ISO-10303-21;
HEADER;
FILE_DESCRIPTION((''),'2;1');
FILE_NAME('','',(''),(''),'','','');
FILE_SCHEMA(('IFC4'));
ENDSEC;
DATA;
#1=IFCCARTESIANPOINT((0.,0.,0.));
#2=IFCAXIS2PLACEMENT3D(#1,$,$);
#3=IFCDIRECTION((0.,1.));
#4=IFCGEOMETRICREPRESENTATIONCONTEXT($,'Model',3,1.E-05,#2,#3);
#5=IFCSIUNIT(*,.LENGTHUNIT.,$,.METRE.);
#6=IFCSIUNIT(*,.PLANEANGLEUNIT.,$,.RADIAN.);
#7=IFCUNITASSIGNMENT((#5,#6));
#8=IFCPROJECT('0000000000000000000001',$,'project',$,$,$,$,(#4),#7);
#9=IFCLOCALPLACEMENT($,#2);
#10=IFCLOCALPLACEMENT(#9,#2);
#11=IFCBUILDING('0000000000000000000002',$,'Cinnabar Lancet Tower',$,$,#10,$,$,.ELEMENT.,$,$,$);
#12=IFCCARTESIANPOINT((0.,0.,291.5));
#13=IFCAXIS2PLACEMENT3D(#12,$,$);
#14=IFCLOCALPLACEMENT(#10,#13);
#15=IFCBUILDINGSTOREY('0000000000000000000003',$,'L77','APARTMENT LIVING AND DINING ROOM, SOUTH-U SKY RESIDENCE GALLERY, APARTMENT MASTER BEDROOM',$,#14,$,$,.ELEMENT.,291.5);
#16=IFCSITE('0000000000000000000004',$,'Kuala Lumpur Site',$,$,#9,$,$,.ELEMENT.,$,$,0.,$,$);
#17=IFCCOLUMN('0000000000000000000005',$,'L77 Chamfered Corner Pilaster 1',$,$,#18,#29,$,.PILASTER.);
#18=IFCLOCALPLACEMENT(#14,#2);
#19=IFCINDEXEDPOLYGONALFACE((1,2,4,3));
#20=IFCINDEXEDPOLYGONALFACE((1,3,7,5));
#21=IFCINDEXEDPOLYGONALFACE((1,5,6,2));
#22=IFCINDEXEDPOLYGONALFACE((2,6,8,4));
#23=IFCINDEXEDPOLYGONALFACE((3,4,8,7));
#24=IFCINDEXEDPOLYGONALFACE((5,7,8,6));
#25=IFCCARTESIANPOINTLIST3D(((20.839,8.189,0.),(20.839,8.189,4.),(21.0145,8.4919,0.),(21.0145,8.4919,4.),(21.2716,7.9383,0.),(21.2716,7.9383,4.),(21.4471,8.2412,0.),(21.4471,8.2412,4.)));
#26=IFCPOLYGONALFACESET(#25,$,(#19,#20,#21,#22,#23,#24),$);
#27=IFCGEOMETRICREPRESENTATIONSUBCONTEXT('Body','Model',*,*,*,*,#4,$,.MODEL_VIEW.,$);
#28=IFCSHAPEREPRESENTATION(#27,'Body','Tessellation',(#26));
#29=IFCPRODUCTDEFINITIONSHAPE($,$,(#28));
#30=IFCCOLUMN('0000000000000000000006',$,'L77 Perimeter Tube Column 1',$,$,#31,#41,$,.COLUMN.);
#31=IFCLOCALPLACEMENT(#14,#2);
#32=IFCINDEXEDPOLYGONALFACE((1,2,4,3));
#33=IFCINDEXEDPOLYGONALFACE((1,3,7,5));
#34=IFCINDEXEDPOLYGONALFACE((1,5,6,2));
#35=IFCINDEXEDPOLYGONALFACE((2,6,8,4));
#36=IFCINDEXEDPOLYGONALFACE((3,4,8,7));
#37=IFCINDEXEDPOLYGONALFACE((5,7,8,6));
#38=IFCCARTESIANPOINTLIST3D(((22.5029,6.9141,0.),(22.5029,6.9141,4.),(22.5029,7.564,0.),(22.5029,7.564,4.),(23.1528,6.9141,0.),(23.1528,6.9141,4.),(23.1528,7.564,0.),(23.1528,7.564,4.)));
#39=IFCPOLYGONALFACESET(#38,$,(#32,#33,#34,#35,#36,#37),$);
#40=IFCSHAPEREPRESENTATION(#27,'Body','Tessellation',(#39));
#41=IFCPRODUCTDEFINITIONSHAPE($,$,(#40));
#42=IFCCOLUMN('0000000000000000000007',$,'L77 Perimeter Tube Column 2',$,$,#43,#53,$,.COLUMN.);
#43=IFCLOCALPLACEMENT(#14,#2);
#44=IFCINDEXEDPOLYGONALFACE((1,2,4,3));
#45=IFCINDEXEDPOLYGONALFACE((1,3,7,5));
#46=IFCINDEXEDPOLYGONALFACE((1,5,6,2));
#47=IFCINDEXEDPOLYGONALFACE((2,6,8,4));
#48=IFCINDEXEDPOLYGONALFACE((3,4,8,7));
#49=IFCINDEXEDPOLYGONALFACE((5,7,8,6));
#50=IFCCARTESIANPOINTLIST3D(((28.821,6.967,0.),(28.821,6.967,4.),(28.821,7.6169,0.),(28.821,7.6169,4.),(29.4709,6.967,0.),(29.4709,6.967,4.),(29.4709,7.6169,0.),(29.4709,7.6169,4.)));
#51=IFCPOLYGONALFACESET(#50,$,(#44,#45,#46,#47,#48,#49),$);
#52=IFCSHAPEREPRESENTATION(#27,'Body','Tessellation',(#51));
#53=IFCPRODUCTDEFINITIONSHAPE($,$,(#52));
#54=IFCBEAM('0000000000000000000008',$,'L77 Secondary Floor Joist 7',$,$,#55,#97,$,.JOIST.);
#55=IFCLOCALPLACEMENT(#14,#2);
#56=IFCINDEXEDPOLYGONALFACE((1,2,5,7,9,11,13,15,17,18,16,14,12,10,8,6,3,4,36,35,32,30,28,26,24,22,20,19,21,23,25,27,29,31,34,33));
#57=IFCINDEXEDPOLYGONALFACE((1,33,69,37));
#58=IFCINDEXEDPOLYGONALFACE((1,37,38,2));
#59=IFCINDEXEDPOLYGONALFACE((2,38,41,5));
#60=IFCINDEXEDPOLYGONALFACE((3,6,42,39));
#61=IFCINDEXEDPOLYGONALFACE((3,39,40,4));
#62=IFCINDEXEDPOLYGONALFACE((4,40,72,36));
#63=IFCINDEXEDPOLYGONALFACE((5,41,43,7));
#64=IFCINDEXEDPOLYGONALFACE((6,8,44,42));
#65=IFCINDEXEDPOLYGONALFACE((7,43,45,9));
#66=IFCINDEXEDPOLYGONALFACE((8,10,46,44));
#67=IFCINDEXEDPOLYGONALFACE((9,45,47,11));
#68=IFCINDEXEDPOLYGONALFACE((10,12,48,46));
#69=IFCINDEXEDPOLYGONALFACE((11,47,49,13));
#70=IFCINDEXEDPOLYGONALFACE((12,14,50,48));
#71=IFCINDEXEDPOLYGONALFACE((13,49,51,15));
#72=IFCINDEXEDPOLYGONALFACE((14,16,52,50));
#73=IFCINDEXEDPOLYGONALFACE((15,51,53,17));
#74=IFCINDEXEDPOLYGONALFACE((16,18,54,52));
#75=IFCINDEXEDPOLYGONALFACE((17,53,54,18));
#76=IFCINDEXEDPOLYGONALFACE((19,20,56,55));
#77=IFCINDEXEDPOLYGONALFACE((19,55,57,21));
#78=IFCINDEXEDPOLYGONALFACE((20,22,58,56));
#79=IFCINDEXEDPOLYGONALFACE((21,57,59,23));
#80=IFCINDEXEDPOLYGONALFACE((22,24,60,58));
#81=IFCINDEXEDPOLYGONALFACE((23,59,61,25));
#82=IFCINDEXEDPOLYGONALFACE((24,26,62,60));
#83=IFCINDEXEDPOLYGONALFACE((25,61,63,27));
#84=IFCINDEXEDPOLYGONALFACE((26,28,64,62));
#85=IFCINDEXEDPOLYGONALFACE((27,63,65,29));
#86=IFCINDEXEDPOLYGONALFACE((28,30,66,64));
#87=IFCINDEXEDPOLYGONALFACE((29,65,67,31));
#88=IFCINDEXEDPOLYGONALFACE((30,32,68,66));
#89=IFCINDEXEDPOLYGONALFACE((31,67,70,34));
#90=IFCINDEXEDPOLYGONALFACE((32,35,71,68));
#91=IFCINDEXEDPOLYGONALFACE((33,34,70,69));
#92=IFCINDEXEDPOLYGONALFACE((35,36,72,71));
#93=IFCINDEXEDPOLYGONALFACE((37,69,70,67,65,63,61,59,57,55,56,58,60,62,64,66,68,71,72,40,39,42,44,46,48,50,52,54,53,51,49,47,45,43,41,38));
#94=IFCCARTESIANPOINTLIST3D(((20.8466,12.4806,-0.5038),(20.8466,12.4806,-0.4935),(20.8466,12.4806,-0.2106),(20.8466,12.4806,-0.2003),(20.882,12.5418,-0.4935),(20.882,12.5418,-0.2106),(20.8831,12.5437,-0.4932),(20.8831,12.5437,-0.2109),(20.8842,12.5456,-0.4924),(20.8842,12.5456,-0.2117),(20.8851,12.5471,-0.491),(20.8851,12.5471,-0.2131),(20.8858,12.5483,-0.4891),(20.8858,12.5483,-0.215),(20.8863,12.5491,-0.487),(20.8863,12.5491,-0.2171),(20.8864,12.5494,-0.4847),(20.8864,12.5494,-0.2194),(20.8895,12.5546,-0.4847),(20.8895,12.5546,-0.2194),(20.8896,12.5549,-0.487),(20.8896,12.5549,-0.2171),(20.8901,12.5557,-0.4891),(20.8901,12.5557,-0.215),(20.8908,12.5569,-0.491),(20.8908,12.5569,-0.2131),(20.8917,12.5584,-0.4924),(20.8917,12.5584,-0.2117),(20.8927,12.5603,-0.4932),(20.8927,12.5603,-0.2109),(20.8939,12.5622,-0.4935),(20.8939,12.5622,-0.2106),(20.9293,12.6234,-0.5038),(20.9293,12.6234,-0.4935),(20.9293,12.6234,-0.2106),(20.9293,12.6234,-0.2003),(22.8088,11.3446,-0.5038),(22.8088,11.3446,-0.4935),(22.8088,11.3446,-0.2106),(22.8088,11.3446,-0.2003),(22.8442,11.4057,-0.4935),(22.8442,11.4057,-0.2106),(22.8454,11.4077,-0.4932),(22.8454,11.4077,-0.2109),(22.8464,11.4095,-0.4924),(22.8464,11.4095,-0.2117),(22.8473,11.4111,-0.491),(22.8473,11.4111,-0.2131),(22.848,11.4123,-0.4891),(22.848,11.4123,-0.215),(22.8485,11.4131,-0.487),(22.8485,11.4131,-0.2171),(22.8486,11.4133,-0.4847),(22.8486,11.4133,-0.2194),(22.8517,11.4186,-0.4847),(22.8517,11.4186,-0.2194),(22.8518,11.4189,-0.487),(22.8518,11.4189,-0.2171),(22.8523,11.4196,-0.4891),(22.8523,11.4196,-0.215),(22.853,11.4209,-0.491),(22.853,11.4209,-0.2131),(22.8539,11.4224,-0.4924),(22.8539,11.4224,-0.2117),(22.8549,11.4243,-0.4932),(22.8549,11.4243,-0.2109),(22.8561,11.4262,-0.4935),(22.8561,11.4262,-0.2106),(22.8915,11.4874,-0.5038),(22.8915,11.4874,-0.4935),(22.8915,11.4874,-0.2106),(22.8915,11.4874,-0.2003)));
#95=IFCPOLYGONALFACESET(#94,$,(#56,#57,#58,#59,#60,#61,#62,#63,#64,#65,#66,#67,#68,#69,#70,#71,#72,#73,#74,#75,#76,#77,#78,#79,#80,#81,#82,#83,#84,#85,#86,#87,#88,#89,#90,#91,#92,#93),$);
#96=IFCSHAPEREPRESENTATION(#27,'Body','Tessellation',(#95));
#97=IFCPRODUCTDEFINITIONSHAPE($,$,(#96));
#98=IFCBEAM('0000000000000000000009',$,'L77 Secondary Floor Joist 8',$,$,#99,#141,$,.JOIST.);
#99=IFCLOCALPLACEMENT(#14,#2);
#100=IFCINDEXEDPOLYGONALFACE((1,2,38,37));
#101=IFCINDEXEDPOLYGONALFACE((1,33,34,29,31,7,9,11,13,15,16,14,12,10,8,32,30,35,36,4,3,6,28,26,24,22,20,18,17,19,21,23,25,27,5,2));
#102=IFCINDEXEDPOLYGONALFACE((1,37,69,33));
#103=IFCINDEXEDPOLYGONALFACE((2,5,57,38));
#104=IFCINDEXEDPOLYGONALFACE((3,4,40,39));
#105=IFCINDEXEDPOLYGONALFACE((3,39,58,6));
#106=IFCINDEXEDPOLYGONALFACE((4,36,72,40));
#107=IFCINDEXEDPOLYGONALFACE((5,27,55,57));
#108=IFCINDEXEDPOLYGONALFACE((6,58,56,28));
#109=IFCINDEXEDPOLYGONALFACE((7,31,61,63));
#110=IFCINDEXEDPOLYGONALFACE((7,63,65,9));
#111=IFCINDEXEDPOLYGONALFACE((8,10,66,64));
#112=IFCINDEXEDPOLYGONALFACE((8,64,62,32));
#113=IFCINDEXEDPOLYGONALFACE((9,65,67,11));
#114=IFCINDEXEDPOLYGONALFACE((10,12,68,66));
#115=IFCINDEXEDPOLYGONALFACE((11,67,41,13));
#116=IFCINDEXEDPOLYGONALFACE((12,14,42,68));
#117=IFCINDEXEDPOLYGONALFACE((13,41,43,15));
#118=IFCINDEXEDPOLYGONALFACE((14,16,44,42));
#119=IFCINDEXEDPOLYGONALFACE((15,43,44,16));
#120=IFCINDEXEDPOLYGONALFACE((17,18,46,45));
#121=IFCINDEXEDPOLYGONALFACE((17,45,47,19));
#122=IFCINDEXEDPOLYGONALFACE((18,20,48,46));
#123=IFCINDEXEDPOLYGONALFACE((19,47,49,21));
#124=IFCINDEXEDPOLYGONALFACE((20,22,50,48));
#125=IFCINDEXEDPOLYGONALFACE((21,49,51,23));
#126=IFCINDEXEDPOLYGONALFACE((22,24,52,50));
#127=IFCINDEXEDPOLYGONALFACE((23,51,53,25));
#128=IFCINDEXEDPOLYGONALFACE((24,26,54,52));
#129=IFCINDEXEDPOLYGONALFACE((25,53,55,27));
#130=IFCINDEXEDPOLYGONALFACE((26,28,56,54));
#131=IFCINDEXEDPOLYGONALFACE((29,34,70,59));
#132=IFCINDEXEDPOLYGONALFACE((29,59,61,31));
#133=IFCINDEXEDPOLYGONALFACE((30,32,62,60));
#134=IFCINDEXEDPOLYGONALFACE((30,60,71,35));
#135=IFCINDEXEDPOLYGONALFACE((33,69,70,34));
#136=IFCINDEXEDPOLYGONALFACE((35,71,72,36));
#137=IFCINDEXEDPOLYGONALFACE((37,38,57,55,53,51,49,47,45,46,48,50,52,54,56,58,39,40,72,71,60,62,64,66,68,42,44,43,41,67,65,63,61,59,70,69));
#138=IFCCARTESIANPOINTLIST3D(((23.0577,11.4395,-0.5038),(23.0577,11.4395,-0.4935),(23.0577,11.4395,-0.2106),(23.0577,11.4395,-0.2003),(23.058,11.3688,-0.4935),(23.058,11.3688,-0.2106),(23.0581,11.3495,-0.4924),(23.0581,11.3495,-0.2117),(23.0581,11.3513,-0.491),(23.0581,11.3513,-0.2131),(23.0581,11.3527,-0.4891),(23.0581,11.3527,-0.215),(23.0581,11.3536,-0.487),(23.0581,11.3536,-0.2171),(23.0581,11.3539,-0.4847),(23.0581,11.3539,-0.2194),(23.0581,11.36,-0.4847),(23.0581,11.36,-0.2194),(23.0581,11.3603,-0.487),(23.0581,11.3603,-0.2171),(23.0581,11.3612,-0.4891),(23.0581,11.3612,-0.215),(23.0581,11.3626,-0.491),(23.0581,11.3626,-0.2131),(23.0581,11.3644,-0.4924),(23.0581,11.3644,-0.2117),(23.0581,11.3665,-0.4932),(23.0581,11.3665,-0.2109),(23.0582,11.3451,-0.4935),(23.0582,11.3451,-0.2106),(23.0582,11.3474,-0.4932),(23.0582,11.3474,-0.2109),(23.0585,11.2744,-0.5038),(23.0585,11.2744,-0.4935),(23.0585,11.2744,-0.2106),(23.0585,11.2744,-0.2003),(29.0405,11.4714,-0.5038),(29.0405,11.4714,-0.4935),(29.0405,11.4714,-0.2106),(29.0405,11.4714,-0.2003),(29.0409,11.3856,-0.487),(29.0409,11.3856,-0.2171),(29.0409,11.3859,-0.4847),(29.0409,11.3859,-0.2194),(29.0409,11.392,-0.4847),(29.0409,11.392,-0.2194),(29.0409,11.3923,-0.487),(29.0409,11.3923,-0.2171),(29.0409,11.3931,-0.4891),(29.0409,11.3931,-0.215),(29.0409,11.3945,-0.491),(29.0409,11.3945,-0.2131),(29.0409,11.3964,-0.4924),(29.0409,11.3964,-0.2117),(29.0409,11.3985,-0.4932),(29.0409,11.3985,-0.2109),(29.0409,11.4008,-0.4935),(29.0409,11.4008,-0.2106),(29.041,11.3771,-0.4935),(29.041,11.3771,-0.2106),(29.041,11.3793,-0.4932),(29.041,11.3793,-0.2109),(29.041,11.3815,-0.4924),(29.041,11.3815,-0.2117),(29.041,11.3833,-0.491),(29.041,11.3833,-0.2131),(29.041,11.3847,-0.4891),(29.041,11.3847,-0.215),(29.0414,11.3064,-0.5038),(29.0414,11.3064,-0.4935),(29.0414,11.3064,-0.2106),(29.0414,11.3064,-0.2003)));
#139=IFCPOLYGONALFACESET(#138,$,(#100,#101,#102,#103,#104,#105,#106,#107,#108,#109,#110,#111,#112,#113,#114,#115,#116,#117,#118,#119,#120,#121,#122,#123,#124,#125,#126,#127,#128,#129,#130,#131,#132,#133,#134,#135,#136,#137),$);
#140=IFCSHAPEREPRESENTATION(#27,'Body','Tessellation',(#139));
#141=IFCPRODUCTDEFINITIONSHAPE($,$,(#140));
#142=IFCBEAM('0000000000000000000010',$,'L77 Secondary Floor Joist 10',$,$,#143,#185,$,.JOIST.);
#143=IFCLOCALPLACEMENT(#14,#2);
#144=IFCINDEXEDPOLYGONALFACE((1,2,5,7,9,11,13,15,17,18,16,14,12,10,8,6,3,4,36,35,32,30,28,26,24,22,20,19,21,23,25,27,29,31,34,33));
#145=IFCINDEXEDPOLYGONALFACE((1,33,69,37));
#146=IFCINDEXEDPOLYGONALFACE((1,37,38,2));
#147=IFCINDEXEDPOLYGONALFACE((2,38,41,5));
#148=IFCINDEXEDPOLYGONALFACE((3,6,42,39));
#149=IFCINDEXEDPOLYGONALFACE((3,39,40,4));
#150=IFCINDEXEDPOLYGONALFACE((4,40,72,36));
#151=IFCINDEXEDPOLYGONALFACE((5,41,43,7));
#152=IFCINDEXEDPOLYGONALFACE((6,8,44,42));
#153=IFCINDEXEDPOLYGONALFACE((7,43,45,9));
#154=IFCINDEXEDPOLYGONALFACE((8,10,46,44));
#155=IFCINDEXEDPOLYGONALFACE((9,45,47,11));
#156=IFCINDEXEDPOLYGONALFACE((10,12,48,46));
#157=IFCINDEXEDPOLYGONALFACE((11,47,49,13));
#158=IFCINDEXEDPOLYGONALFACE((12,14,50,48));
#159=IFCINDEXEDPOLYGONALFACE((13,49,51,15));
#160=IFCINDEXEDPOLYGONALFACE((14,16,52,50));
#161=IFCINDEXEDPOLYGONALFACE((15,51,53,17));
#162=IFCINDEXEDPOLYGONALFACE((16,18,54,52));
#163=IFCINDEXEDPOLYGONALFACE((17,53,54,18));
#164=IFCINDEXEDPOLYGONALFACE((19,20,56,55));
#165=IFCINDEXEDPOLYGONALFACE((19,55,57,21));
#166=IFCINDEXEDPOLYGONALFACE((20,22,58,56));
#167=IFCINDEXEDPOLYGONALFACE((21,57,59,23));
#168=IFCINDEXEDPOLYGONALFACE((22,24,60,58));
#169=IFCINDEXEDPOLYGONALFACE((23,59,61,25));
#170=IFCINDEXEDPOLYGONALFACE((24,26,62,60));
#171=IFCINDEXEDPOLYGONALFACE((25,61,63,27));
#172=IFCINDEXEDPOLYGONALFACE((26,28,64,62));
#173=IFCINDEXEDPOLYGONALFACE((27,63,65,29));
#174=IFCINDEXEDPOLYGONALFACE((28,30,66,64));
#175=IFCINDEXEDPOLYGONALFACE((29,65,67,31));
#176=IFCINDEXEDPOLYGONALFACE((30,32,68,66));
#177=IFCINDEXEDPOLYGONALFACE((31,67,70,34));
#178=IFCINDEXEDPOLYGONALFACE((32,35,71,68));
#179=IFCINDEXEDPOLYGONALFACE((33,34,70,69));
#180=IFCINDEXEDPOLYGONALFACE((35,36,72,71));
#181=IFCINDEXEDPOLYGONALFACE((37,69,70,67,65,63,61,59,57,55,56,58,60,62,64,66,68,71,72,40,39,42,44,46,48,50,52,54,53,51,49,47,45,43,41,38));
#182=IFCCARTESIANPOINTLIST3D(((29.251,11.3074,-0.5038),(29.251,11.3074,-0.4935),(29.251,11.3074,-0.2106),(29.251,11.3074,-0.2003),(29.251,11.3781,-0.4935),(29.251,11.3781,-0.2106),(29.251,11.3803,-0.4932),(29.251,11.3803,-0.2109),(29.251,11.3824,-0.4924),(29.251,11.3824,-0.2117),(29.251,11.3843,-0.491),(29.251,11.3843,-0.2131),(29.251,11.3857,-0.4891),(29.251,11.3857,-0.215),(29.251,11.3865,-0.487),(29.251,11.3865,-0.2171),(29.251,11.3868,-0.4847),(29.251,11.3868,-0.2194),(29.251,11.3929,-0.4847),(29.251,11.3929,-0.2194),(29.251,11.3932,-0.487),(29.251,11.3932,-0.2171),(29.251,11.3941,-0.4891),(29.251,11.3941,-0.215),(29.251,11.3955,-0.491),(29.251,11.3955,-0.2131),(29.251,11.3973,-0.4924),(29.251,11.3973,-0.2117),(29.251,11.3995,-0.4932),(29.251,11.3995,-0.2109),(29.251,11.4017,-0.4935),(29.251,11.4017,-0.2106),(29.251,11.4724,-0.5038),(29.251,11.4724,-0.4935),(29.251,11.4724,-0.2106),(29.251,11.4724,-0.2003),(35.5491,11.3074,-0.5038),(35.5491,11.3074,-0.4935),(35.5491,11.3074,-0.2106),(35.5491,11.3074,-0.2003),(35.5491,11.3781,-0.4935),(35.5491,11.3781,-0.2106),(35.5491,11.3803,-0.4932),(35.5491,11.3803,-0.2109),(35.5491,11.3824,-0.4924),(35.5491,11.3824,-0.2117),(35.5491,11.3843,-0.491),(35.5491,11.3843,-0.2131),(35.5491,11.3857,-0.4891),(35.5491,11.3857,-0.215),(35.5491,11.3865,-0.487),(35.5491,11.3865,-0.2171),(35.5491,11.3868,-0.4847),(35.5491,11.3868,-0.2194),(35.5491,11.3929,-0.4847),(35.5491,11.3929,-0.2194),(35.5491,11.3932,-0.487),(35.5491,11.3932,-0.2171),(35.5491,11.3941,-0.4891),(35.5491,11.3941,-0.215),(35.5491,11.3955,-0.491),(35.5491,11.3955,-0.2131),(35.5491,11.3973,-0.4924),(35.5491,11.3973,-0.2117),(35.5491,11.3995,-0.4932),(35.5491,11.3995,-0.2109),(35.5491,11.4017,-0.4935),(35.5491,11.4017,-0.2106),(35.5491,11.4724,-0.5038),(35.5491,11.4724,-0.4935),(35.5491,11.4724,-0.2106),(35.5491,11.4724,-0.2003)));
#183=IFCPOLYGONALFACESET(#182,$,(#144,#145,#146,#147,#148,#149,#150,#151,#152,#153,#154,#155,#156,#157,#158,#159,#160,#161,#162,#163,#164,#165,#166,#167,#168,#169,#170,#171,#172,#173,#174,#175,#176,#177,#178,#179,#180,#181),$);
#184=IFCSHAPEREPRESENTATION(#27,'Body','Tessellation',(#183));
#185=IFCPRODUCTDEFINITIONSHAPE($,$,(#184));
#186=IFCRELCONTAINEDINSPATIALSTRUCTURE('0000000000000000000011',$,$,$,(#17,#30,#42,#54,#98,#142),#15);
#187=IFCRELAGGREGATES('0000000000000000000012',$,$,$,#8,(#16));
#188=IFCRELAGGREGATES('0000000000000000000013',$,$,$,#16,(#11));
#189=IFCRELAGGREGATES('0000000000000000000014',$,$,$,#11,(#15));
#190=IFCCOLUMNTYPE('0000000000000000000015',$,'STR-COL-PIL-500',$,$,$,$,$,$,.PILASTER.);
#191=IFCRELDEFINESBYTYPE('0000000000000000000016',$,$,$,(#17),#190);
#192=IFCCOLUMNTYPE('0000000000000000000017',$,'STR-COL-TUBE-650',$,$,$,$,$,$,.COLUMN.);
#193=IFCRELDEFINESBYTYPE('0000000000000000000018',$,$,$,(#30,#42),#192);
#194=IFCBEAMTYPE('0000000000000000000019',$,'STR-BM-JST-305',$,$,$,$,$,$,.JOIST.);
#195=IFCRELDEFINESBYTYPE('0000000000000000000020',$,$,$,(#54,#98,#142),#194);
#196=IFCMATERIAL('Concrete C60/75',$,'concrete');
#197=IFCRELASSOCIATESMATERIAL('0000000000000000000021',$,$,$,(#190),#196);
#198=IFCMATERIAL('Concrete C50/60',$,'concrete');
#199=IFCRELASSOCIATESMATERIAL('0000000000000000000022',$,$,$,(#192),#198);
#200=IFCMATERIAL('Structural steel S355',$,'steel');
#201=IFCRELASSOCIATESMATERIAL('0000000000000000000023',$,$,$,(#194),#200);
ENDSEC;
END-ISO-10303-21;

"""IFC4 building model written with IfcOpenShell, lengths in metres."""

from ifc_helpers import new_model, si_unit, direction, frame, origin, origin_2d, place, context, subcontext, project, spatial, rectangle, i_section, extrude, material, material_profile, profile_set, type_object, element, save


model = new_model("IFC4")

# Units and contexts
model_context = context("Model", 3, precision=1e-05, world=origin(), true_north=direction((0.0, 1.0)))
body_context = subcontext(model_context, "Body", "Model", "MODEL_VIEW")
ifc_project = project(units=[si_unit("LENGTHUNIT", "METRE"), si_unit("PLANEANGLEUNIT", "RADIAN")], contexts=[model_context])

# Site, building, storey
site_placement = place(None, origin())
site = spatial("IfcSite", under=ifc_project, at=site_placement, Name="Kuala Lumpur Site", CompositionType="ELEMENT", RefElevation=0.0)
building_placement = place(site_placement, origin())
building = spatial("IfcBuilding", under=site, at=building_placement, Name="Cinnabar Lancet Tower", CompositionType="ELEMENT")
storey_placement = place(building_placement, frame((0.0, 0.0, 291.5)))
storey = spatial("IfcBuildingStorey", under=building, at=storey_placement, Name="L77", Description="APARTMENT LIVING AND DINING ROOM, SOUTH-U SKY RESIDENCE GALLERY, APARTMENT MASTER BEDROOM", CompositionType="ELEMENT", Elevation=291.5)

# Columns
ifc_material_1 = material(Name="Concrete C60/75", Category="concrete")
ifc_material_profile_1 = material_profile(ifc_material_1, rectangle(XDim=0.5, YDim=0.3501, at=origin_2d()), Name="RC-PIL 500x350")
ifc_profile_set_1 = profile_set([ifc_material_profile_1], Name="Concrete C60/75")
column_type_1 = type_object("IfcColumnType", Name="STR-COL-PIL-500", PredefinedType="PILASTER", material=ifc_profile_set_1)
column_placement = place(storey_placement, frame((21.1431, 8.2151, 0.0), z_axis=(0.0, 0.0, 1.0), x_axis=(0.865256, -0.50133, 0.0)))
element("IfcColumn", 1, at=column_placement, inside=storey, type_object=column_type_1, Name="L77 Chamfered Corner Pilaster 1", PredefinedType="PILASTER", context=body_context, shape_type="SweptSolid", body=[
    extrude(rectangle(XDim=0.5, YDim=0.3501, at=origin_2d()), origin(), (0.0, 0.0, 1.0), 4.0),
])
ifc_material_2 = material(Name="Concrete C50/60", Category="concrete")
ifc_material_profile_2 = material_profile(ifc_material_2, rectangle(XDim=0.6499, YDim=0.6499, at=origin_2d()), Name="RC-COL 650x650")
ifc_profile_set_2 = profile_set([ifc_material_profile_2], Name="Concrete C50/60")
column_type_2 = type_object("IfcColumnType", Name="STR-COL-TUBE-650", PredefinedType="COLUMN", material=ifc_profile_set_2)
for number, where, z_axis, x_axis, name in (
    (2, (22.8279, 7.239, 0.0), (0.0, 0.0, 1.0), (1.0, 0.0, 0.0), "L77 Perimeter Tube Column 1"),
    (3, (29.146, 7.292, 0.0), (0.0, 0.0, 1.0), (1.0, 0.0, 0.0), "L77 Perimeter Tube Column 2"),
):
    element("IfcColumn", number, at=place(storey_placement, frame(where, z_axis=z_axis, x_axis=x_axis)), inside=storey, type_object=column_type_2, Name=name, PredefinedType="COLUMN", context=body_context, shape_type="SweptSolid", body=[
        extrude(rectangle(XDim=0.6499, YDim=0.6499, at=origin_2d()), origin(), (0.0, 0.0, 1.0), 4.0),
    ])

# Beams
ifc_material_3 = material(Name="Structural steel S355", Category="steel")
ifc_material_profile_3 = material_profile(ifc_material_3, i_section(OverallWidth=0.165, OverallDepth=0.3035, WebThickness=0.0061, FlangeThickness=0.0103, FilletRadius=0.0088, at=origin_2d()), Name="UKB 305x165x40")
ifc_profile_set_3 = profile_set([ifc_material_profile_3], Name="Structural steel S355")
beam_type_1 = type_object("IfcBeamType", Name="STR-BM-JST-305", PredefinedType="JOIST", material=ifc_profile_set_3)
beam_1_placement = place(storey_placement, frame((20.8879, 12.552, -0.3521), z_axis=(0.865426, -0.501036, 0.0), x_axis=(0.501036, 0.865426, 0.0)))
element("IfcBeam", 4, at=beam_1_placement, inside=storey, type_object=beam_type_1, Name="L77 Secondary Floor Joist 7", PredefinedType="JOIST", context=body_context, shape_type="SweptSolid", body=[
    extrude(i_section(OverallWidth=0.165, OverallDepth=0.3035, WebThickness=0.0061, FlangeThickness=0.0103, FilletRadius=0.0088, at=origin_2d()), origin(), (0.0, 0.0, 1.0), 2.2673),
])
beam_2_placement = place(storey_placement, frame((23.0581, 11.3569, -0.3521), z_axis=(0.999986, 0.005346, 0.0), x_axis=(-0.005346, 0.999986, 0.0)))
element("IfcBeam", 5, at=beam_2_placement, inside=storey, type_object=beam_type_1, Name="L77 Secondary Floor Joist 8", PredefinedType="JOIST", context=body_context, shape_type="SweptSolid", body=[
    extrude(i_section(OverallWidth=0.165, OverallDepth=0.3035, WebThickness=0.0061, FlangeThickness=0.0103, FilletRadius=0.0088, at=origin_2d()), origin(), (0.0, 0.0, 1.0), 5.9829),
])
beam_3_placement = place(storey_placement, frame((29.251, 11.3899, -0.3521), z_axis=(1.0, 0.0, 0.0), x_axis=(0.0, 1.0, 0.0)))
element("IfcBeam", 6, at=beam_3_placement, inside=storey, type_object=beam_type_1, Name="L77 Secondary Floor Joist 10", PredefinedType="JOIST", context=body_context, shape_type="SweptSolid", body=[
    extrude(i_section(OverallWidth=0.165, OverallDepth=0.3035, WebThickness=0.0061, FlangeThickness=0.0103, FilletRadius=0.0088, at=origin_2d()), origin(), (0.0, 0.0, 1.0), 6.2981),
])

save(model, "model.ifc")
